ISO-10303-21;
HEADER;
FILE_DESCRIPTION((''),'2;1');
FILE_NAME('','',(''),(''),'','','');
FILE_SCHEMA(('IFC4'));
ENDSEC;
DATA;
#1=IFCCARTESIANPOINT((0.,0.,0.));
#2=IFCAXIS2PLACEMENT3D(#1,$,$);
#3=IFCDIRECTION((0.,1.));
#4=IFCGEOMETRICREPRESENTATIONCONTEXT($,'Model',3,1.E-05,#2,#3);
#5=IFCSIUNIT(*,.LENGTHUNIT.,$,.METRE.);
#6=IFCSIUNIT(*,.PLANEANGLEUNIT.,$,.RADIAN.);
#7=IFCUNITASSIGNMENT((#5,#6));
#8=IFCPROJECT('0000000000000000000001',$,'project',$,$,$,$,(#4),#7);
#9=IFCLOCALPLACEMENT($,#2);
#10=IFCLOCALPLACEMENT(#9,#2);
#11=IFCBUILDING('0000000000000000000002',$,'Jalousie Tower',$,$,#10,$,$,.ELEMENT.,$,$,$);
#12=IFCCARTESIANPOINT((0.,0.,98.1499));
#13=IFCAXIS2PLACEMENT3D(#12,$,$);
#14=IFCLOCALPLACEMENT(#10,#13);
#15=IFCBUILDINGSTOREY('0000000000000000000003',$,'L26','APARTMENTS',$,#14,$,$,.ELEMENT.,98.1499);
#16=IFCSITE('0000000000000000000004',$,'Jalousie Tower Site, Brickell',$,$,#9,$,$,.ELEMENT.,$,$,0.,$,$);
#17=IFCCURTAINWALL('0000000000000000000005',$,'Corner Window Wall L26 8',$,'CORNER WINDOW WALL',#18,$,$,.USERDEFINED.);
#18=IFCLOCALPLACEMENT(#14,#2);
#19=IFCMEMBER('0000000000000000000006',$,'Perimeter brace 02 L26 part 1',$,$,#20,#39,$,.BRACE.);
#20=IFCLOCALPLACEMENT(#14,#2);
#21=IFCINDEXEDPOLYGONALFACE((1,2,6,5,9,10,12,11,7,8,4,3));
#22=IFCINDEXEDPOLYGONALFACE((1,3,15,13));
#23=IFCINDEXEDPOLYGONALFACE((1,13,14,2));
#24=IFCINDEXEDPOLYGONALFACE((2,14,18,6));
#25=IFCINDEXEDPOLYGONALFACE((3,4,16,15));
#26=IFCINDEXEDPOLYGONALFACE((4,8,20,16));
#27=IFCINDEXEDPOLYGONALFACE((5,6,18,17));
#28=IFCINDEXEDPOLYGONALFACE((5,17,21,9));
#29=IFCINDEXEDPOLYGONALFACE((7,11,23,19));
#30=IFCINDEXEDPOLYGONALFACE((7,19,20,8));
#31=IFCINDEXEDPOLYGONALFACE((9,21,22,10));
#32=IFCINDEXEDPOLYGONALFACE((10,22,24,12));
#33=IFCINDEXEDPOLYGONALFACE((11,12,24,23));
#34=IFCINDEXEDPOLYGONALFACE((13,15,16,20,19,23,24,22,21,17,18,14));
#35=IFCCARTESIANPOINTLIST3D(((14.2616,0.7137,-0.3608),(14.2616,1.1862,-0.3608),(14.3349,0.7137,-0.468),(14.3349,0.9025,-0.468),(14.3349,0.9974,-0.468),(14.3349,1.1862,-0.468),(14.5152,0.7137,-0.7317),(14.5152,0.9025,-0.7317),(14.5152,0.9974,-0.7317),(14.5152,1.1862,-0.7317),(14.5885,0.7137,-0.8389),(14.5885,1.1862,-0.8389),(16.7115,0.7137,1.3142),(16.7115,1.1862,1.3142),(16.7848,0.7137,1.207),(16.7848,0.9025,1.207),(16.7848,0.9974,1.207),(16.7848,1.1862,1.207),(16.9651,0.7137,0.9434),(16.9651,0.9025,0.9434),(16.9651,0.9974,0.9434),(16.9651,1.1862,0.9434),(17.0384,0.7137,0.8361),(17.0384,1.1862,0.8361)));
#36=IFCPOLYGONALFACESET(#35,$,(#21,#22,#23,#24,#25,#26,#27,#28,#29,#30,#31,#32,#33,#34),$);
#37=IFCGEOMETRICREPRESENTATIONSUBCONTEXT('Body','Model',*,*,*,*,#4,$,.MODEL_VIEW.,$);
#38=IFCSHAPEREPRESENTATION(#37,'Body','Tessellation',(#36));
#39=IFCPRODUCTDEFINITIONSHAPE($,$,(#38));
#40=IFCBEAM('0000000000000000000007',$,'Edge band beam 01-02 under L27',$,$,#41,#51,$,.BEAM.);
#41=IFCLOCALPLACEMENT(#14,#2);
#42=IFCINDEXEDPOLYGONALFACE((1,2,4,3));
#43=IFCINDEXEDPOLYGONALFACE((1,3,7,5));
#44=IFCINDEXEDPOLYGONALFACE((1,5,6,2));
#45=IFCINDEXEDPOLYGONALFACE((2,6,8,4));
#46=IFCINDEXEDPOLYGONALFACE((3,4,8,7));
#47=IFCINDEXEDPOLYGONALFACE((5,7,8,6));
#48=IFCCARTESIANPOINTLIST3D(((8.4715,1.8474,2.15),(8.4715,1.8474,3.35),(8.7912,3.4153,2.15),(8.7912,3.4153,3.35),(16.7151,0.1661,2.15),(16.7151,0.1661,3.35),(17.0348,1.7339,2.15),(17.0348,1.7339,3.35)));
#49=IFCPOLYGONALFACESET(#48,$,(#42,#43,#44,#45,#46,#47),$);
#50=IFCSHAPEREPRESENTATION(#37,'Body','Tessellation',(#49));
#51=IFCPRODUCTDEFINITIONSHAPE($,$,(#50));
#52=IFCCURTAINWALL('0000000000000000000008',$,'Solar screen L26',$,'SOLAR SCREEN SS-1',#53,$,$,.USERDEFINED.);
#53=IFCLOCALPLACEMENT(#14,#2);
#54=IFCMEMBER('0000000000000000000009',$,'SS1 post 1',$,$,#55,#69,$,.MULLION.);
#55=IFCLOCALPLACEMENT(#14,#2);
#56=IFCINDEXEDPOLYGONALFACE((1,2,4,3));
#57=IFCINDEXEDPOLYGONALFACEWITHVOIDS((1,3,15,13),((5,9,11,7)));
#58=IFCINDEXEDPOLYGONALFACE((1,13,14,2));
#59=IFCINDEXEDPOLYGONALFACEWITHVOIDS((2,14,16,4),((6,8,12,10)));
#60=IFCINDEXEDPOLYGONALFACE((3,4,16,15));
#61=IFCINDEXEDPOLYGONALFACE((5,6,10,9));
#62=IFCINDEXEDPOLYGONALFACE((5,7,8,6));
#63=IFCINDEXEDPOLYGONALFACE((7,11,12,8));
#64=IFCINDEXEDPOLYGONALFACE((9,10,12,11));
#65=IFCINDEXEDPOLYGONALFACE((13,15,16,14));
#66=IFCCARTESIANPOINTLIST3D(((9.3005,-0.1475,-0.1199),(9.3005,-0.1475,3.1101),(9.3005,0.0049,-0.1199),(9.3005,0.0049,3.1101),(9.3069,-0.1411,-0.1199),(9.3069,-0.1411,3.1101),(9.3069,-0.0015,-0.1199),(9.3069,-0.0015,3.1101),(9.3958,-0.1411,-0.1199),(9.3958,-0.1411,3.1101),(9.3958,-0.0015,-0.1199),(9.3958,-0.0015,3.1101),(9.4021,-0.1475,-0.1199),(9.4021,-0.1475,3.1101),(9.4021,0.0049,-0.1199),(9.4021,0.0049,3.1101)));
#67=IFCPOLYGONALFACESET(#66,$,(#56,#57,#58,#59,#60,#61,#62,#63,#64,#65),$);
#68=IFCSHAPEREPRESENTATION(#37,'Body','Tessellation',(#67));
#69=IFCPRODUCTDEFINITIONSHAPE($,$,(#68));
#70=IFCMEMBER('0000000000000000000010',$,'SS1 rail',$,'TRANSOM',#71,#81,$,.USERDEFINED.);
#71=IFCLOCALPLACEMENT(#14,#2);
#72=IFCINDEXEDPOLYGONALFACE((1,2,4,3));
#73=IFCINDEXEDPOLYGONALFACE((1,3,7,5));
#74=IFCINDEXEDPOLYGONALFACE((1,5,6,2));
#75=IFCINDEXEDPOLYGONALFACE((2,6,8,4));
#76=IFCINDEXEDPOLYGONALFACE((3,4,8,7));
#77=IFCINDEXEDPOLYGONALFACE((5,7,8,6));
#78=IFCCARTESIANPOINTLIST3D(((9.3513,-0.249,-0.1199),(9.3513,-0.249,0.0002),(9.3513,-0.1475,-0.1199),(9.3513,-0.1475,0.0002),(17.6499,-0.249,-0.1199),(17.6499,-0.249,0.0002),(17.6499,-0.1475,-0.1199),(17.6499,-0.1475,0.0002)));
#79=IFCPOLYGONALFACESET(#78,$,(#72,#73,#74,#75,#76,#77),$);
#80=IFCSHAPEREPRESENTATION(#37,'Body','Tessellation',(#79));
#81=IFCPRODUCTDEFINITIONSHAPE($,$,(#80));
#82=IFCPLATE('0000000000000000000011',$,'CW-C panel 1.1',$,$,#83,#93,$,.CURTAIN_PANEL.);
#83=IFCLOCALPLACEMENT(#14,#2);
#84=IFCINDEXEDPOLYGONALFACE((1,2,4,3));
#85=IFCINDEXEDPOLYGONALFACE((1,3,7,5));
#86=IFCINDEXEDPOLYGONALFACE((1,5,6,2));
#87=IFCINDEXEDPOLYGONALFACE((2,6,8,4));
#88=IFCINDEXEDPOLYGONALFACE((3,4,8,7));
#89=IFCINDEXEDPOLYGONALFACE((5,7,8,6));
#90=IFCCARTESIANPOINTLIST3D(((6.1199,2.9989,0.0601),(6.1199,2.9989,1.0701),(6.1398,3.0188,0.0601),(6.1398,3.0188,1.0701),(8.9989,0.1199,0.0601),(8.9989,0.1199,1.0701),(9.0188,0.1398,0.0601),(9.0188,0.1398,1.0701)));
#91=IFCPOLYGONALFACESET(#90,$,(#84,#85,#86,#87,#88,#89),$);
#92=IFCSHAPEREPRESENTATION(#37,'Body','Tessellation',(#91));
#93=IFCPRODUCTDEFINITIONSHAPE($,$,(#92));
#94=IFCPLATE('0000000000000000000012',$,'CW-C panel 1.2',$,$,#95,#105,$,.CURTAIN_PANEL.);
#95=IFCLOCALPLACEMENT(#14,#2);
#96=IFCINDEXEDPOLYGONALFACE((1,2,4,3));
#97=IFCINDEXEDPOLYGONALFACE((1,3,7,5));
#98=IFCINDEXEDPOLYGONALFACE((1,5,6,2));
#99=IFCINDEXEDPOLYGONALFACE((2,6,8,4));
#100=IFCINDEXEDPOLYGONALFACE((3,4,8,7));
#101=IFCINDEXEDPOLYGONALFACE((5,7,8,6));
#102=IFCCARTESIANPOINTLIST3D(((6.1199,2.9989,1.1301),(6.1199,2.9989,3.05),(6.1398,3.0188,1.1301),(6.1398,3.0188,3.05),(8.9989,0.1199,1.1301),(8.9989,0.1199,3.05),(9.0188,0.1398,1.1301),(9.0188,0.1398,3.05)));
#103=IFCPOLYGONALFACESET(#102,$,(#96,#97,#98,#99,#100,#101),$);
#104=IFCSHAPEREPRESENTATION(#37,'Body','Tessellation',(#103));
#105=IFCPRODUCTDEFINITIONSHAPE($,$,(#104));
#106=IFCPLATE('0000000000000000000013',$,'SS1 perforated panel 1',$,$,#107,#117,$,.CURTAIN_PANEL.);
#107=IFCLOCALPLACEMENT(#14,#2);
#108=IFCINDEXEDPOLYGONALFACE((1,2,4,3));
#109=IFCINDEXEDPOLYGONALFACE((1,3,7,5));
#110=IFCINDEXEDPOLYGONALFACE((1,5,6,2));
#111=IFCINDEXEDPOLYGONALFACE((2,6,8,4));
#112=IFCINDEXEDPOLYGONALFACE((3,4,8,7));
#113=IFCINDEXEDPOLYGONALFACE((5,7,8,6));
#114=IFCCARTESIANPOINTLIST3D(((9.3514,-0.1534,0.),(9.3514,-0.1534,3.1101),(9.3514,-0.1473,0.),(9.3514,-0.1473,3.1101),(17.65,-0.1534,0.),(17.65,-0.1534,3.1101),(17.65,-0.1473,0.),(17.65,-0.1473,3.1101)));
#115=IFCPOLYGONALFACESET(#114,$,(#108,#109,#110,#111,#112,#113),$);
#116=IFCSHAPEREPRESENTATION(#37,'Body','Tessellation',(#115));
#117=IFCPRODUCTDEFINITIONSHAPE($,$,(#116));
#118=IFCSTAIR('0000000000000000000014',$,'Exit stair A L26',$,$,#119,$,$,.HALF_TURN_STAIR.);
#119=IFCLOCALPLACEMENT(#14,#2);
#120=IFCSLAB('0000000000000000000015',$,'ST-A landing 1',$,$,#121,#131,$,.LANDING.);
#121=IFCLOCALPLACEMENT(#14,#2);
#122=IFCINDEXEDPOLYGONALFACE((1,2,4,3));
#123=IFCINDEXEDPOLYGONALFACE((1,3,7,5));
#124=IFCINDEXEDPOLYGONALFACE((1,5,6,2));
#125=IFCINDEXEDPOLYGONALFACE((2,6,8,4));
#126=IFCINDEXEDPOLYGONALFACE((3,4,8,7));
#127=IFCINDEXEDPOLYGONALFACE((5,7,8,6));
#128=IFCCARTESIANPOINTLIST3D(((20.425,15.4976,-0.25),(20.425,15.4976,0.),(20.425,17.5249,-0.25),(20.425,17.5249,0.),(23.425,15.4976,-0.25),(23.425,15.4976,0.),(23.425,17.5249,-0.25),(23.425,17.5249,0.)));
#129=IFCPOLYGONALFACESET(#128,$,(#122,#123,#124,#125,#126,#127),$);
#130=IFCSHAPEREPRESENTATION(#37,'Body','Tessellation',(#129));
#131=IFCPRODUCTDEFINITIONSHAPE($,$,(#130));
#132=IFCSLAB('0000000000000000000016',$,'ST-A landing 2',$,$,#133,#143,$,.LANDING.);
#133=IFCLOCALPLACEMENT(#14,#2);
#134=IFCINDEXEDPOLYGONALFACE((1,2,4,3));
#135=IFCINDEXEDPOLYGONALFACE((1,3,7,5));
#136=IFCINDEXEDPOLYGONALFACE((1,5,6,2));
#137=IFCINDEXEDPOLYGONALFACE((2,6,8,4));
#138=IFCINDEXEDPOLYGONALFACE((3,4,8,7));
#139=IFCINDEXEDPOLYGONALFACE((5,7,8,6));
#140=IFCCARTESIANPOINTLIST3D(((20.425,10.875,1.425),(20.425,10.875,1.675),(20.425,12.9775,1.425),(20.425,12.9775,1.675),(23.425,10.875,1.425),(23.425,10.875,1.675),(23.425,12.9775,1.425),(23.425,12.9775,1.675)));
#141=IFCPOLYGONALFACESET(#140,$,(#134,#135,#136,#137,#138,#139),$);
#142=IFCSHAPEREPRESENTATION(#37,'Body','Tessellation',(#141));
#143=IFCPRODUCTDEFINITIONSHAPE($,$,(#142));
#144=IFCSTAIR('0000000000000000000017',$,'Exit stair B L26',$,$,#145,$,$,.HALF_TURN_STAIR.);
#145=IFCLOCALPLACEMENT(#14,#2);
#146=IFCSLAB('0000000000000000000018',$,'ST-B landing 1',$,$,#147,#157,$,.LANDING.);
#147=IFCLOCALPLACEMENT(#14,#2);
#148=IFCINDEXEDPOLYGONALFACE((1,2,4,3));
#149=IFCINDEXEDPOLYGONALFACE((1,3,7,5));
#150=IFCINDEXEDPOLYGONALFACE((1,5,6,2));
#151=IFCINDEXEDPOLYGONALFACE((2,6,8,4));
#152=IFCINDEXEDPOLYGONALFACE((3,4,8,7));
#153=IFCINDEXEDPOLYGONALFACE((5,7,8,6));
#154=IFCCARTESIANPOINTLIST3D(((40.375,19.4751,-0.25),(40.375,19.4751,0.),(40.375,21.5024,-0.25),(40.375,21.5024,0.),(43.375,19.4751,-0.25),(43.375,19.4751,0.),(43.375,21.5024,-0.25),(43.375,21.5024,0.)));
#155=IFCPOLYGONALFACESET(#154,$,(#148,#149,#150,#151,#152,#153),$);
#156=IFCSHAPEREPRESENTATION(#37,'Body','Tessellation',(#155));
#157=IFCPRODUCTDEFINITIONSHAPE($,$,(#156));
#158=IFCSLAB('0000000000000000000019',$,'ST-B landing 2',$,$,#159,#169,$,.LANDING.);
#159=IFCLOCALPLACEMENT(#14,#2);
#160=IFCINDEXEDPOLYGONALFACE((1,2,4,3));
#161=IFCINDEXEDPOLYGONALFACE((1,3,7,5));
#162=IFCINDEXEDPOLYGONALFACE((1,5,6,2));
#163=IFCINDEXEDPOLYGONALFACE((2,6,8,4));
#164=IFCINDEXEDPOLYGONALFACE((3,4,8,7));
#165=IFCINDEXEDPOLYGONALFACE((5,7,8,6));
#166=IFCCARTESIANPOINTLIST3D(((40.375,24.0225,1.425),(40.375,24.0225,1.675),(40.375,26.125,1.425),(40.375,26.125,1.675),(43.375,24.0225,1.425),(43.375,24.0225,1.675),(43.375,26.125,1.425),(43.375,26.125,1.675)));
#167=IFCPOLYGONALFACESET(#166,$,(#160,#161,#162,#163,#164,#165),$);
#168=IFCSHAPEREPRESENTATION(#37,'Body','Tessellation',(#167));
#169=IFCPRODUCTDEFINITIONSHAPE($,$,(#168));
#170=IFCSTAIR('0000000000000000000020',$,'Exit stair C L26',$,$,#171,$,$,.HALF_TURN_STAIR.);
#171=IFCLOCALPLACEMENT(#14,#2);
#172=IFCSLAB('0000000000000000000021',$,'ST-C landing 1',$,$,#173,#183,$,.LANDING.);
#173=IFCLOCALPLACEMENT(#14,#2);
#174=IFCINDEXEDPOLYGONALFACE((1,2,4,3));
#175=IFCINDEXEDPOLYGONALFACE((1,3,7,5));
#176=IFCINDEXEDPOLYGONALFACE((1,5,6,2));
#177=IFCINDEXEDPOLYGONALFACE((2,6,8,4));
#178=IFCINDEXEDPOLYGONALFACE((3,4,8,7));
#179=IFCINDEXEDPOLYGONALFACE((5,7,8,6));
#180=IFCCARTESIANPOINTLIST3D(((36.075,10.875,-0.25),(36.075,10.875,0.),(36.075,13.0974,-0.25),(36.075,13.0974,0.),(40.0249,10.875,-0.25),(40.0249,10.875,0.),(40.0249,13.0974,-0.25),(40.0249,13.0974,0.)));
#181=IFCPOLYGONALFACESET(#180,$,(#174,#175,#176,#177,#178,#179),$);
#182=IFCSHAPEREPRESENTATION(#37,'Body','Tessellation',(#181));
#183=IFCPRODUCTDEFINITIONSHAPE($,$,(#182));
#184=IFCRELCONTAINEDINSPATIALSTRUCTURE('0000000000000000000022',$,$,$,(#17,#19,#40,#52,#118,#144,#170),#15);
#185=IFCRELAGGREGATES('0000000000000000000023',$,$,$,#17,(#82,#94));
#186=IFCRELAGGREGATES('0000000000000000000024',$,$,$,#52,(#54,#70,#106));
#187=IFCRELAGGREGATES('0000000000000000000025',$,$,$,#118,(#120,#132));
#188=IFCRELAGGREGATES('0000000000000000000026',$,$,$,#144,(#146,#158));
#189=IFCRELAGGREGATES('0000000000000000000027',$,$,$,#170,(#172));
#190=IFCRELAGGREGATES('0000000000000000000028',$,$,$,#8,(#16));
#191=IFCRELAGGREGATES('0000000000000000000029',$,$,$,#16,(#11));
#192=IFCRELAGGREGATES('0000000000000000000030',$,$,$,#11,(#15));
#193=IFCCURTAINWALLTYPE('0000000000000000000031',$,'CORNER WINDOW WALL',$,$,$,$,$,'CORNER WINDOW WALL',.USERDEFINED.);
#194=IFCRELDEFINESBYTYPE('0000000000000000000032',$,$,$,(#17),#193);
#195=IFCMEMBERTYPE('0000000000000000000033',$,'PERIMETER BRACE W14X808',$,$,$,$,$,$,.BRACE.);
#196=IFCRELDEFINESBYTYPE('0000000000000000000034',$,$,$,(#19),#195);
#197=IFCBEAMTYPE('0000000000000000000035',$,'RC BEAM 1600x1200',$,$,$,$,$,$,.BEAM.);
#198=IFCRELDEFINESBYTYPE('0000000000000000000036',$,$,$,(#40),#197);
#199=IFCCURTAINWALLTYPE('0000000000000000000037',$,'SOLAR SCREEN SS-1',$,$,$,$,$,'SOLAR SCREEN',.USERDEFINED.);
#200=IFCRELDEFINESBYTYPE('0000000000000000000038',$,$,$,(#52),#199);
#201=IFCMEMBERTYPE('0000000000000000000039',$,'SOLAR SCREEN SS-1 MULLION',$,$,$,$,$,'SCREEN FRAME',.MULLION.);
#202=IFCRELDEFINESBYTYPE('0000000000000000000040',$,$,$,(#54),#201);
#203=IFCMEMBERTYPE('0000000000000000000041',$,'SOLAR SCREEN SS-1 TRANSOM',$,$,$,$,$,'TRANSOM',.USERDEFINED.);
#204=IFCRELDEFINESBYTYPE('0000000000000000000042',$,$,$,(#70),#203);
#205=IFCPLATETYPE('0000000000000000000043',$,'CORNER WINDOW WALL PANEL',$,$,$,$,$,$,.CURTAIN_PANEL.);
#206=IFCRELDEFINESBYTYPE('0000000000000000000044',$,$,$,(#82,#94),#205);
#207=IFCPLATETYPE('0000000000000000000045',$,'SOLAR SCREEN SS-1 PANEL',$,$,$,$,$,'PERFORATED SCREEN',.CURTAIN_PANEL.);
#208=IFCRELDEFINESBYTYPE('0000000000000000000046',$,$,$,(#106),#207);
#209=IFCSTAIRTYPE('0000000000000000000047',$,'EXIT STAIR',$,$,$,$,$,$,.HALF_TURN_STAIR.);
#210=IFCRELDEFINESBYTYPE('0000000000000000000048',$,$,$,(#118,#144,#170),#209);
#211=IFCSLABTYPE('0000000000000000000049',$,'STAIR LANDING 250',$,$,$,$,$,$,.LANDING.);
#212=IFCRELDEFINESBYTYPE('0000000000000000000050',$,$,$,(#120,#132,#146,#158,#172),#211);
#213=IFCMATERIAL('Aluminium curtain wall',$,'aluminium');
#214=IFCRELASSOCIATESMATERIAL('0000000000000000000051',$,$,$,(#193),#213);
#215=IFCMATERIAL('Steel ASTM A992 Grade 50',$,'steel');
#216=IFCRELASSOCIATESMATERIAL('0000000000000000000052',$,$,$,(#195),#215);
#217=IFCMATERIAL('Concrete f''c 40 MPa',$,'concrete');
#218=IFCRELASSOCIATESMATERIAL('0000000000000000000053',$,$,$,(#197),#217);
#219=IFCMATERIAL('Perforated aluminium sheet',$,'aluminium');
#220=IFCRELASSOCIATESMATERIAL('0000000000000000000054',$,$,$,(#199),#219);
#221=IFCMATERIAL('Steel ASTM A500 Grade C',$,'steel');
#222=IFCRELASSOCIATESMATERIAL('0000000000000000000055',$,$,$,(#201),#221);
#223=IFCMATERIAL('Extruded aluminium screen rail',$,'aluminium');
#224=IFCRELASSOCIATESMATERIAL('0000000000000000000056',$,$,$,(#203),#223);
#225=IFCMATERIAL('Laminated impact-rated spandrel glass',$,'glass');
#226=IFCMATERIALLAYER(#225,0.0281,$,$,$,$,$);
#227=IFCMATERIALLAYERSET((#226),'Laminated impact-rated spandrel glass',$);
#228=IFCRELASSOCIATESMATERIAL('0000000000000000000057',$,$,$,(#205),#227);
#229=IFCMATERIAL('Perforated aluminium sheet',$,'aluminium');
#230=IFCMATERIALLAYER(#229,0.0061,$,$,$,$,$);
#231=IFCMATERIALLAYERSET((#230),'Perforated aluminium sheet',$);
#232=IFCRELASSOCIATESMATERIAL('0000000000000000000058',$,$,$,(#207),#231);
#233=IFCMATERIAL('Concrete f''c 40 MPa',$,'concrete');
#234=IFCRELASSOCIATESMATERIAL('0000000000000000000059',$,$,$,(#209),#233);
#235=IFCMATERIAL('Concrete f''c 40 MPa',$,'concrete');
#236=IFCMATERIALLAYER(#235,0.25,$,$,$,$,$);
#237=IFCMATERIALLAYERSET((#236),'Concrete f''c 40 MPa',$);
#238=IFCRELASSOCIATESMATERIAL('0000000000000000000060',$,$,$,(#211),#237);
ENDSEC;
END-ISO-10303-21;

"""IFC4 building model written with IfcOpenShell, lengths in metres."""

from ifc_helpers import new_model, si_unit, direction, frame, origin, origin_2d, place, context, subcontext, project, spatial, polyline, rectangle, hollow_rectangle, i_section, outline, extrude, material, layer, layer_set, material_profile, profile_set, type_object, element, aggregate, save


model = new_model("IFC4")

# Units and contexts
model_context = context("Model", 3, precision=1e-05, world=origin(), true_north=direction((0.0, 1.0)))
body_context = subcontext(model_context, "Body", "Model", "MODEL_VIEW")
ifc_project = project(units=[si_unit("LENGTHUNIT", "METRE"), si_unit("PLANEANGLEUNIT", "RADIAN")], contexts=[model_context])

# Site, building, storey
site_placement = place(None, origin())
site = spatial("IfcSite", under=ifc_project, at=site_placement, Name="Jalousie Tower Site, Brickell", CompositionType="ELEMENT", RefElevation=0.0)
building_placement = place(site_placement, origin())
building = spatial("IfcBuilding", under=site, at=building_placement, Name="Jalousie Tower", CompositionType="ELEMENT")
storey_placement = place(building_placement, frame((0.0, 0.0, 98.1499)))
storey = spatial("IfcBuildingStorey", under=building, at=storey_placement, Name="L26", Description="APARTMENTS", CompositionType="ELEMENT", Elevation=98.1499)

# Curtain wall
ifc_material_1 = material(Name="Aluminium curtain wall", Category="aluminium")
curtain_wall_type_1 = type_object("IfcCurtainWallType", Name="CORNER WINDOW WALL", ElementType="CORNER WINDOW WALL", PredefinedType="USERDEFINED", material=ifc_material_1)
curtain_wall_1_placement = place(storey_placement, origin())
curtain_wall_1 = element("IfcCurtainWall", 1, at=curtain_wall_1_placement, inside=storey, type_object=curtain_wall_type_1, Name="Corner Window Wall L26 8", ObjectType="CORNER WINDOW WALL", PredefinedType="USERDEFINED")

# Member
ifc_material_2 = material(Name="Steel ASTM A992 Grade 50", Category="steel")
ifc_material_profile_1 = material_profile(ifc_material_2, i_section(OverallWidth=0.4724, OverallDepth=0.5791, WebThickness=0.095, FlangeThickness=0.1299, at=origin_2d()), Name="W14X808")
ifc_profile_set_1 = profile_set([ifc_material_profile_1], Name="Steel ASTM A992 Grade 50")
member_type_1 = type_object("IfcMemberType", Name="PERIMETER BRACE W14X808", PredefinedType="BRACE", material=ifc_profile_set_1)
member_1_placement = place(storey_placement, frame((14.425, 0.95, -0.5999), z_axis=(0.825501, 0.0, 0.564401), x_axis=(0.0, 1.0, 0.0)))
element("IfcMember", 2, at=member_1_placement, inside=storey, type_object=member_type_1, Name="Perimeter brace 02 L26 part 1", PredefinedType="BRACE", context=body_context, shape_type="SweptSolid", body=[
    extrude(i_section(OverallWidth=0.4724, OverallDepth=0.5791, WebThickness=0.095, FlangeThickness=0.1299, at=origin_2d()), origin(), (0.0, 0.0, 1.0), 2.9678),
])

# Beam
ifc_material_3 = material(Name="Concrete f'c 40 MPa", Category="concrete")
ifc_material_profile_2 = material_profile(ifc_material_3, rectangle(XDim=1.6001, YDim=1.2, at=origin_2d()), Name="RC 1600x1200")
ifc_profile_set_2 = profile_set([ifc_material_profile_2], Name="Concrete f'c 40 MPa")
beam_type_1 = type_object("IfcBeamType", Name="RC BEAM 1600x1200", PredefinedType="BEAM", material=ifc_profile_set_2)
beam_1_placement = place(storey_placement, frame((8.6313, 2.6313, 2.75), z_axis=(0.979827, -0.199848, 0.0), x_axis=(0.199848, 0.979827, 0.0)))
element("IfcBeam", 3, at=beam_1_placement, inside=storey, type_object=beam_type_1, Name="Edge band beam 01-02 under L27", PredefinedType="BEAM", context=body_context, shape_type="SweptSolid", body=[
    extrude(rectangle(XDim=1.6001, YDim=1.2, at=origin_2d()), origin(), (0.0, 0.0, 1.0), 8.4133),
])

# Curtain wall, members
ifc_material_4 = material(Name="Perforated aluminium sheet", Category="aluminium")
curtain_wall_type_2 = type_object("IfcCurtainWallType", Name="SOLAR SCREEN SS-1", ElementType="SOLAR SCREEN", PredefinedType="USERDEFINED", material=ifc_material_4)
curtain_wall_2_placement = place(storey_placement, origin())
curtain_wall_2 = element("IfcCurtainWall", 4, at=curtain_wall_2_placement, inside=storey, type_object=curtain_wall_type_2, Name="Solar screen L26", ObjectType="SOLAR SCREEN SS-1", PredefinedType="USERDEFINED")
ifc_material_5 = material(Name="Steel ASTM A500 Grade C", Category="steel")
ifc_material_profile_3 = material_profile(ifc_material_5, hollow_rectangle(XDim=0.1016, YDim=0.1523, WallThickness=0.0063, at=origin_2d()), Name="HSS6X4X1/4")
ifc_profile_set_3 = profile_set([ifc_material_profile_3], Name="Steel ASTM A500 Grade C")
member_type_2 = type_object("IfcMemberType", Name="SOLAR SCREEN SS-1 MULLION", ElementType="SCREEN FRAME", PredefinedType="MULLION", material=ifc_profile_set_3)
member_2_placement = place(storey_placement, frame((9.3513, -0.0713, -0.1199), z_axis=(0.0, 0.0, 1.0), x_axis=(1.0, 0.0, 0.0)))
member_2 = element("IfcMember", 5, at=member_2_placement, type_object=member_type_2, Name="SS1 post 1", PredefinedType="MULLION", context=body_context, shape_type="SweptSolid", body=[
    extrude(hollow_rectangle(XDim=0.1016, YDim=0.1523, WallThickness=0.0063, at=origin_2d()), origin(), (0.0, 0.0, 1.0), 3.23),
])
ifc_material_6 = material(Name="Extruded aluminium screen rail", Category="aluminium")
ifc_material_profile_4 = material_profile(ifc_material_6, rectangle(XDim=0.1016, YDim=0.1201, at=origin_2d()), Name="RAIL 102x120")
ifc_profile_set_4 = profile_set([ifc_material_profile_4], Name="Extruded aluminium screen rail")
member_type_3 = type_object("IfcMemberType", Name="SOLAR SCREEN SS-1 TRANSOM", ElementType="TRANSOM", PredefinedType="USERDEFINED", material=ifc_profile_set_4)
member_3_placement = place(storey_placement, frame((9.3513, -0.1982, -0.0598), z_axis=(1.0, 0.0, 0.0), x_axis=(0.0, 1.0, 0.0)))
member_3 = element("IfcMember", 6, at=member_3_placement, type_object=member_type_3, Name="SS1 rail", ObjectType="TRANSOM", PredefinedType="USERDEFINED", context=body_context, shape_type="SweptSolid", body=[
    extrude(rectangle(XDim=0.1016, YDim=0.1201, at=origin_2d()), origin(), (0.0, 0.0, 1.0), 8.2986),
])

# Plates
ifc_material_7 = material(Name="Laminated impact-rated spandrel glass", Category="glass")
ifc_layer_1 = layer(ifc_material_7, 0.0281)
ifc_layer_set_1 = layer_set([ifc_layer_1], Name="Laminated impact-rated spandrel glass")
plate_type_1 = type_object("IfcPlateType", Name="CORNER WINDOW WALL PANEL", PredefinedType="CURTAIN_PANEL", material=ifc_layer_set_1)
plate_1_placement = place(storey_placement, frame((7.5693, 1.5693, 0.0601), z_axis=(0.0, 0.0, 1.0), x_axis=(0.707107, -0.707107, 0.0)))
plate_1 = element("IfcPlate", 7, at=plate_1_placement, type_object=plate_type_1, Name="CW-C panel 1.1", PredefinedType="CURTAIN_PANEL", context=body_context, shape_type="SweptSolid", body=[
    extrude(rectangle(XDim=4.0715, YDim=0.0281, at=origin_2d()), origin(), (0.0, 0.0, 1.0), 1.01),
])
plate_2_placement = place(storey_placement, frame((7.5693, 1.5693, 1.1301), z_axis=(0.0, 0.0, 1.0), x_axis=(0.707107, -0.707107, 0.0)))
plate_2 = element("IfcPlate", 8, at=plate_2_placement, type_object=plate_type_1, Name="CW-C panel 1.2", PredefinedType="CURTAIN_PANEL", context=body_context, shape_type="SweptSolid", body=[
    extrude(rectangle(XDim=4.0715, YDim=0.0281, at=origin_2d()), origin(), (0.0, 0.0, 1.0), 1.9199),
])
aggregate(curtain_wall_1, [plate_1, plate_2])

# Plate
ifc_material_8 = material(Name="Perforated aluminium sheet", Category="aluminium")
ifc_layer_2 = layer(ifc_material_8, 0.0061)
ifc_layer_set_2 = layer_set([ifc_layer_2], Name="Perforated aluminium sheet")
plate_type_2 = type_object("IfcPlateType", Name="SOLAR SCREEN SS-1 PANEL", ElementType="PERFORATED SCREEN", PredefinedType="CURTAIN_PANEL", material=ifc_layer_set_2)
plate_3_placement = place(storey_placement, frame((13.5007, -0.1504, 0.0), z_axis=(0.0, 0.0, 1.0), x_axis=(1.0, 0.0, 0.0)))
plate_3 = element("IfcPlate", 9, at=plate_3_placement, type_object=plate_type_2, Name="SS1 perforated panel 1", PredefinedType="CURTAIN_PANEL", context=body_context, shape_type="SweptSolid", body=[
    extrude(rectangle(XDim=8.2986, YDim=0.0061, at=origin_2d()), origin(), (0.0, 0.0, 1.0), 3.1101),
])
aggregate(curtain_wall_2, [member_2, member_3, plate_3])

# Stairs, slabs
ifc_material_9 = material(Name="Concrete f'c 40 MPa", Category="concrete")
stair_type = type_object("IfcStairType", Name="EXIT STAIR", PredefinedType="HALF_TURN_STAIR", material=ifc_material_9)
stair_1_placement = place(storey_placement, origin())
stair_1 = element("IfcStair", 10, at=stair_1_placement, inside=storey, type_object=stair_type, Name="Exit stair A L26", PredefinedType="HALF_TURN_STAIR")
ifc_material_10 = material(Name="Concrete f'c 40 MPa", Category="concrete")
ifc_layer_3 = layer(ifc_material_10, 0.25)
ifc_layer_set_3 = layer_set([ifc_layer_3], Name="Concrete f'c 40 MPa")
slab_type_1 = type_object("IfcSlabType", Name="STAIR LANDING 250", PredefinedType="LANDING", material=ifc_layer_set_3)
slab_1_placement = place(storey_placement, frame((0.0, 0.0, -0.25)))
slab_1 = element("IfcSlab", 11, at=slab_1_placement, type_object=slab_type_1, Name="ST-A landing 1", PredefinedType="LANDING", context=body_context, shape_type="SweptSolid", body=[
    extrude(outline(polyline([(20.425, 15.4976), (23.425, 15.4976), (23.425, 17.5249), (20.425, 17.5249), (20.425, 15.4976)])), origin(), (0.0, 0.0, 1.0), 0.25),
])
slab_2_placement = place(storey_placement, frame((0.0, 0.0, 1.425)))
slab_2 = element("IfcSlab", 12, at=slab_2_placement, type_object=slab_type_1, Name="ST-A landing 2", PredefinedType="LANDING", context=body_context, shape_type="SweptSolid", body=[
    extrude(outline(polyline([(20.425, 10.875), (23.425, 10.875), (23.425, 12.9775), (20.425, 12.9775), (20.425, 10.875)])), origin(), (0.0, 0.0, 1.0), 0.25),
])
aggregate(stair_1, [slab_1, slab_2])
stair_2_placement = place(storey_placement, origin())
stair_2 = element("IfcStair", 13, at=stair_2_placement, inside=storey, type_object=stair_type, Name="Exit stair B L26", PredefinedType="HALF_TURN_STAIR")
slab_3_placement = place(storey_placement, frame((0.0, 0.0, -0.25)))
slab_3 = element("IfcSlab", 14, at=slab_3_placement, type_object=slab_type_1, Name="ST-B landing 1", PredefinedType="LANDING", context=body_context, shape_type="SweptSolid", body=[
    extrude(outline(polyline([(40.375, 19.4751), (43.375, 19.4751), (43.375, 21.5024), (40.375, 21.5024), (40.375, 19.4751)])), origin(), (0.0, 0.0, 1.0), 0.25),
])
slab_4_placement = place(storey_placement, frame((0.0, 0.0, 1.425)))
slab_4 = element("IfcSlab", 15, at=slab_4_placement, type_object=slab_type_1, Name="ST-B landing 2", PredefinedType="LANDING", context=body_context, shape_type="SweptSolid", body=[
    extrude(outline(polyline([(40.375, 24.0225), (43.375, 24.0225), (43.375, 26.125), (40.375, 26.125), (40.375, 24.0225)])), origin(), (0.0, 0.0, 1.0), 0.25),
])
aggregate(stair_2, [slab_3, slab_4])
stair_3_placement = place(storey_placement, origin())
stair_3 = element("IfcStair", 16, at=stair_3_placement, inside=storey, type_object=stair_type, Name="Exit stair C L26", PredefinedType="HALF_TURN_STAIR")
slab_5_placement = place(storey_placement, frame((0.0, 0.0, -0.25)))
slab_5 = element("IfcSlab", 17, at=slab_5_placement, type_object=slab_type_1, Name="ST-C landing 1", PredefinedType="LANDING", context=body_context, shape_type="SweptSolid", body=[
    extrude(outline(polyline([(36.075, 10.875), (40.0249, 10.875), (40.0249, 13.0974), (36.075, 13.0974), (36.075, 10.875)])), origin(), (0.0, 0.0, 1.0), 0.25),
])
aggregate(stair_3, [slab_5])

save(model, "model.ifc")
